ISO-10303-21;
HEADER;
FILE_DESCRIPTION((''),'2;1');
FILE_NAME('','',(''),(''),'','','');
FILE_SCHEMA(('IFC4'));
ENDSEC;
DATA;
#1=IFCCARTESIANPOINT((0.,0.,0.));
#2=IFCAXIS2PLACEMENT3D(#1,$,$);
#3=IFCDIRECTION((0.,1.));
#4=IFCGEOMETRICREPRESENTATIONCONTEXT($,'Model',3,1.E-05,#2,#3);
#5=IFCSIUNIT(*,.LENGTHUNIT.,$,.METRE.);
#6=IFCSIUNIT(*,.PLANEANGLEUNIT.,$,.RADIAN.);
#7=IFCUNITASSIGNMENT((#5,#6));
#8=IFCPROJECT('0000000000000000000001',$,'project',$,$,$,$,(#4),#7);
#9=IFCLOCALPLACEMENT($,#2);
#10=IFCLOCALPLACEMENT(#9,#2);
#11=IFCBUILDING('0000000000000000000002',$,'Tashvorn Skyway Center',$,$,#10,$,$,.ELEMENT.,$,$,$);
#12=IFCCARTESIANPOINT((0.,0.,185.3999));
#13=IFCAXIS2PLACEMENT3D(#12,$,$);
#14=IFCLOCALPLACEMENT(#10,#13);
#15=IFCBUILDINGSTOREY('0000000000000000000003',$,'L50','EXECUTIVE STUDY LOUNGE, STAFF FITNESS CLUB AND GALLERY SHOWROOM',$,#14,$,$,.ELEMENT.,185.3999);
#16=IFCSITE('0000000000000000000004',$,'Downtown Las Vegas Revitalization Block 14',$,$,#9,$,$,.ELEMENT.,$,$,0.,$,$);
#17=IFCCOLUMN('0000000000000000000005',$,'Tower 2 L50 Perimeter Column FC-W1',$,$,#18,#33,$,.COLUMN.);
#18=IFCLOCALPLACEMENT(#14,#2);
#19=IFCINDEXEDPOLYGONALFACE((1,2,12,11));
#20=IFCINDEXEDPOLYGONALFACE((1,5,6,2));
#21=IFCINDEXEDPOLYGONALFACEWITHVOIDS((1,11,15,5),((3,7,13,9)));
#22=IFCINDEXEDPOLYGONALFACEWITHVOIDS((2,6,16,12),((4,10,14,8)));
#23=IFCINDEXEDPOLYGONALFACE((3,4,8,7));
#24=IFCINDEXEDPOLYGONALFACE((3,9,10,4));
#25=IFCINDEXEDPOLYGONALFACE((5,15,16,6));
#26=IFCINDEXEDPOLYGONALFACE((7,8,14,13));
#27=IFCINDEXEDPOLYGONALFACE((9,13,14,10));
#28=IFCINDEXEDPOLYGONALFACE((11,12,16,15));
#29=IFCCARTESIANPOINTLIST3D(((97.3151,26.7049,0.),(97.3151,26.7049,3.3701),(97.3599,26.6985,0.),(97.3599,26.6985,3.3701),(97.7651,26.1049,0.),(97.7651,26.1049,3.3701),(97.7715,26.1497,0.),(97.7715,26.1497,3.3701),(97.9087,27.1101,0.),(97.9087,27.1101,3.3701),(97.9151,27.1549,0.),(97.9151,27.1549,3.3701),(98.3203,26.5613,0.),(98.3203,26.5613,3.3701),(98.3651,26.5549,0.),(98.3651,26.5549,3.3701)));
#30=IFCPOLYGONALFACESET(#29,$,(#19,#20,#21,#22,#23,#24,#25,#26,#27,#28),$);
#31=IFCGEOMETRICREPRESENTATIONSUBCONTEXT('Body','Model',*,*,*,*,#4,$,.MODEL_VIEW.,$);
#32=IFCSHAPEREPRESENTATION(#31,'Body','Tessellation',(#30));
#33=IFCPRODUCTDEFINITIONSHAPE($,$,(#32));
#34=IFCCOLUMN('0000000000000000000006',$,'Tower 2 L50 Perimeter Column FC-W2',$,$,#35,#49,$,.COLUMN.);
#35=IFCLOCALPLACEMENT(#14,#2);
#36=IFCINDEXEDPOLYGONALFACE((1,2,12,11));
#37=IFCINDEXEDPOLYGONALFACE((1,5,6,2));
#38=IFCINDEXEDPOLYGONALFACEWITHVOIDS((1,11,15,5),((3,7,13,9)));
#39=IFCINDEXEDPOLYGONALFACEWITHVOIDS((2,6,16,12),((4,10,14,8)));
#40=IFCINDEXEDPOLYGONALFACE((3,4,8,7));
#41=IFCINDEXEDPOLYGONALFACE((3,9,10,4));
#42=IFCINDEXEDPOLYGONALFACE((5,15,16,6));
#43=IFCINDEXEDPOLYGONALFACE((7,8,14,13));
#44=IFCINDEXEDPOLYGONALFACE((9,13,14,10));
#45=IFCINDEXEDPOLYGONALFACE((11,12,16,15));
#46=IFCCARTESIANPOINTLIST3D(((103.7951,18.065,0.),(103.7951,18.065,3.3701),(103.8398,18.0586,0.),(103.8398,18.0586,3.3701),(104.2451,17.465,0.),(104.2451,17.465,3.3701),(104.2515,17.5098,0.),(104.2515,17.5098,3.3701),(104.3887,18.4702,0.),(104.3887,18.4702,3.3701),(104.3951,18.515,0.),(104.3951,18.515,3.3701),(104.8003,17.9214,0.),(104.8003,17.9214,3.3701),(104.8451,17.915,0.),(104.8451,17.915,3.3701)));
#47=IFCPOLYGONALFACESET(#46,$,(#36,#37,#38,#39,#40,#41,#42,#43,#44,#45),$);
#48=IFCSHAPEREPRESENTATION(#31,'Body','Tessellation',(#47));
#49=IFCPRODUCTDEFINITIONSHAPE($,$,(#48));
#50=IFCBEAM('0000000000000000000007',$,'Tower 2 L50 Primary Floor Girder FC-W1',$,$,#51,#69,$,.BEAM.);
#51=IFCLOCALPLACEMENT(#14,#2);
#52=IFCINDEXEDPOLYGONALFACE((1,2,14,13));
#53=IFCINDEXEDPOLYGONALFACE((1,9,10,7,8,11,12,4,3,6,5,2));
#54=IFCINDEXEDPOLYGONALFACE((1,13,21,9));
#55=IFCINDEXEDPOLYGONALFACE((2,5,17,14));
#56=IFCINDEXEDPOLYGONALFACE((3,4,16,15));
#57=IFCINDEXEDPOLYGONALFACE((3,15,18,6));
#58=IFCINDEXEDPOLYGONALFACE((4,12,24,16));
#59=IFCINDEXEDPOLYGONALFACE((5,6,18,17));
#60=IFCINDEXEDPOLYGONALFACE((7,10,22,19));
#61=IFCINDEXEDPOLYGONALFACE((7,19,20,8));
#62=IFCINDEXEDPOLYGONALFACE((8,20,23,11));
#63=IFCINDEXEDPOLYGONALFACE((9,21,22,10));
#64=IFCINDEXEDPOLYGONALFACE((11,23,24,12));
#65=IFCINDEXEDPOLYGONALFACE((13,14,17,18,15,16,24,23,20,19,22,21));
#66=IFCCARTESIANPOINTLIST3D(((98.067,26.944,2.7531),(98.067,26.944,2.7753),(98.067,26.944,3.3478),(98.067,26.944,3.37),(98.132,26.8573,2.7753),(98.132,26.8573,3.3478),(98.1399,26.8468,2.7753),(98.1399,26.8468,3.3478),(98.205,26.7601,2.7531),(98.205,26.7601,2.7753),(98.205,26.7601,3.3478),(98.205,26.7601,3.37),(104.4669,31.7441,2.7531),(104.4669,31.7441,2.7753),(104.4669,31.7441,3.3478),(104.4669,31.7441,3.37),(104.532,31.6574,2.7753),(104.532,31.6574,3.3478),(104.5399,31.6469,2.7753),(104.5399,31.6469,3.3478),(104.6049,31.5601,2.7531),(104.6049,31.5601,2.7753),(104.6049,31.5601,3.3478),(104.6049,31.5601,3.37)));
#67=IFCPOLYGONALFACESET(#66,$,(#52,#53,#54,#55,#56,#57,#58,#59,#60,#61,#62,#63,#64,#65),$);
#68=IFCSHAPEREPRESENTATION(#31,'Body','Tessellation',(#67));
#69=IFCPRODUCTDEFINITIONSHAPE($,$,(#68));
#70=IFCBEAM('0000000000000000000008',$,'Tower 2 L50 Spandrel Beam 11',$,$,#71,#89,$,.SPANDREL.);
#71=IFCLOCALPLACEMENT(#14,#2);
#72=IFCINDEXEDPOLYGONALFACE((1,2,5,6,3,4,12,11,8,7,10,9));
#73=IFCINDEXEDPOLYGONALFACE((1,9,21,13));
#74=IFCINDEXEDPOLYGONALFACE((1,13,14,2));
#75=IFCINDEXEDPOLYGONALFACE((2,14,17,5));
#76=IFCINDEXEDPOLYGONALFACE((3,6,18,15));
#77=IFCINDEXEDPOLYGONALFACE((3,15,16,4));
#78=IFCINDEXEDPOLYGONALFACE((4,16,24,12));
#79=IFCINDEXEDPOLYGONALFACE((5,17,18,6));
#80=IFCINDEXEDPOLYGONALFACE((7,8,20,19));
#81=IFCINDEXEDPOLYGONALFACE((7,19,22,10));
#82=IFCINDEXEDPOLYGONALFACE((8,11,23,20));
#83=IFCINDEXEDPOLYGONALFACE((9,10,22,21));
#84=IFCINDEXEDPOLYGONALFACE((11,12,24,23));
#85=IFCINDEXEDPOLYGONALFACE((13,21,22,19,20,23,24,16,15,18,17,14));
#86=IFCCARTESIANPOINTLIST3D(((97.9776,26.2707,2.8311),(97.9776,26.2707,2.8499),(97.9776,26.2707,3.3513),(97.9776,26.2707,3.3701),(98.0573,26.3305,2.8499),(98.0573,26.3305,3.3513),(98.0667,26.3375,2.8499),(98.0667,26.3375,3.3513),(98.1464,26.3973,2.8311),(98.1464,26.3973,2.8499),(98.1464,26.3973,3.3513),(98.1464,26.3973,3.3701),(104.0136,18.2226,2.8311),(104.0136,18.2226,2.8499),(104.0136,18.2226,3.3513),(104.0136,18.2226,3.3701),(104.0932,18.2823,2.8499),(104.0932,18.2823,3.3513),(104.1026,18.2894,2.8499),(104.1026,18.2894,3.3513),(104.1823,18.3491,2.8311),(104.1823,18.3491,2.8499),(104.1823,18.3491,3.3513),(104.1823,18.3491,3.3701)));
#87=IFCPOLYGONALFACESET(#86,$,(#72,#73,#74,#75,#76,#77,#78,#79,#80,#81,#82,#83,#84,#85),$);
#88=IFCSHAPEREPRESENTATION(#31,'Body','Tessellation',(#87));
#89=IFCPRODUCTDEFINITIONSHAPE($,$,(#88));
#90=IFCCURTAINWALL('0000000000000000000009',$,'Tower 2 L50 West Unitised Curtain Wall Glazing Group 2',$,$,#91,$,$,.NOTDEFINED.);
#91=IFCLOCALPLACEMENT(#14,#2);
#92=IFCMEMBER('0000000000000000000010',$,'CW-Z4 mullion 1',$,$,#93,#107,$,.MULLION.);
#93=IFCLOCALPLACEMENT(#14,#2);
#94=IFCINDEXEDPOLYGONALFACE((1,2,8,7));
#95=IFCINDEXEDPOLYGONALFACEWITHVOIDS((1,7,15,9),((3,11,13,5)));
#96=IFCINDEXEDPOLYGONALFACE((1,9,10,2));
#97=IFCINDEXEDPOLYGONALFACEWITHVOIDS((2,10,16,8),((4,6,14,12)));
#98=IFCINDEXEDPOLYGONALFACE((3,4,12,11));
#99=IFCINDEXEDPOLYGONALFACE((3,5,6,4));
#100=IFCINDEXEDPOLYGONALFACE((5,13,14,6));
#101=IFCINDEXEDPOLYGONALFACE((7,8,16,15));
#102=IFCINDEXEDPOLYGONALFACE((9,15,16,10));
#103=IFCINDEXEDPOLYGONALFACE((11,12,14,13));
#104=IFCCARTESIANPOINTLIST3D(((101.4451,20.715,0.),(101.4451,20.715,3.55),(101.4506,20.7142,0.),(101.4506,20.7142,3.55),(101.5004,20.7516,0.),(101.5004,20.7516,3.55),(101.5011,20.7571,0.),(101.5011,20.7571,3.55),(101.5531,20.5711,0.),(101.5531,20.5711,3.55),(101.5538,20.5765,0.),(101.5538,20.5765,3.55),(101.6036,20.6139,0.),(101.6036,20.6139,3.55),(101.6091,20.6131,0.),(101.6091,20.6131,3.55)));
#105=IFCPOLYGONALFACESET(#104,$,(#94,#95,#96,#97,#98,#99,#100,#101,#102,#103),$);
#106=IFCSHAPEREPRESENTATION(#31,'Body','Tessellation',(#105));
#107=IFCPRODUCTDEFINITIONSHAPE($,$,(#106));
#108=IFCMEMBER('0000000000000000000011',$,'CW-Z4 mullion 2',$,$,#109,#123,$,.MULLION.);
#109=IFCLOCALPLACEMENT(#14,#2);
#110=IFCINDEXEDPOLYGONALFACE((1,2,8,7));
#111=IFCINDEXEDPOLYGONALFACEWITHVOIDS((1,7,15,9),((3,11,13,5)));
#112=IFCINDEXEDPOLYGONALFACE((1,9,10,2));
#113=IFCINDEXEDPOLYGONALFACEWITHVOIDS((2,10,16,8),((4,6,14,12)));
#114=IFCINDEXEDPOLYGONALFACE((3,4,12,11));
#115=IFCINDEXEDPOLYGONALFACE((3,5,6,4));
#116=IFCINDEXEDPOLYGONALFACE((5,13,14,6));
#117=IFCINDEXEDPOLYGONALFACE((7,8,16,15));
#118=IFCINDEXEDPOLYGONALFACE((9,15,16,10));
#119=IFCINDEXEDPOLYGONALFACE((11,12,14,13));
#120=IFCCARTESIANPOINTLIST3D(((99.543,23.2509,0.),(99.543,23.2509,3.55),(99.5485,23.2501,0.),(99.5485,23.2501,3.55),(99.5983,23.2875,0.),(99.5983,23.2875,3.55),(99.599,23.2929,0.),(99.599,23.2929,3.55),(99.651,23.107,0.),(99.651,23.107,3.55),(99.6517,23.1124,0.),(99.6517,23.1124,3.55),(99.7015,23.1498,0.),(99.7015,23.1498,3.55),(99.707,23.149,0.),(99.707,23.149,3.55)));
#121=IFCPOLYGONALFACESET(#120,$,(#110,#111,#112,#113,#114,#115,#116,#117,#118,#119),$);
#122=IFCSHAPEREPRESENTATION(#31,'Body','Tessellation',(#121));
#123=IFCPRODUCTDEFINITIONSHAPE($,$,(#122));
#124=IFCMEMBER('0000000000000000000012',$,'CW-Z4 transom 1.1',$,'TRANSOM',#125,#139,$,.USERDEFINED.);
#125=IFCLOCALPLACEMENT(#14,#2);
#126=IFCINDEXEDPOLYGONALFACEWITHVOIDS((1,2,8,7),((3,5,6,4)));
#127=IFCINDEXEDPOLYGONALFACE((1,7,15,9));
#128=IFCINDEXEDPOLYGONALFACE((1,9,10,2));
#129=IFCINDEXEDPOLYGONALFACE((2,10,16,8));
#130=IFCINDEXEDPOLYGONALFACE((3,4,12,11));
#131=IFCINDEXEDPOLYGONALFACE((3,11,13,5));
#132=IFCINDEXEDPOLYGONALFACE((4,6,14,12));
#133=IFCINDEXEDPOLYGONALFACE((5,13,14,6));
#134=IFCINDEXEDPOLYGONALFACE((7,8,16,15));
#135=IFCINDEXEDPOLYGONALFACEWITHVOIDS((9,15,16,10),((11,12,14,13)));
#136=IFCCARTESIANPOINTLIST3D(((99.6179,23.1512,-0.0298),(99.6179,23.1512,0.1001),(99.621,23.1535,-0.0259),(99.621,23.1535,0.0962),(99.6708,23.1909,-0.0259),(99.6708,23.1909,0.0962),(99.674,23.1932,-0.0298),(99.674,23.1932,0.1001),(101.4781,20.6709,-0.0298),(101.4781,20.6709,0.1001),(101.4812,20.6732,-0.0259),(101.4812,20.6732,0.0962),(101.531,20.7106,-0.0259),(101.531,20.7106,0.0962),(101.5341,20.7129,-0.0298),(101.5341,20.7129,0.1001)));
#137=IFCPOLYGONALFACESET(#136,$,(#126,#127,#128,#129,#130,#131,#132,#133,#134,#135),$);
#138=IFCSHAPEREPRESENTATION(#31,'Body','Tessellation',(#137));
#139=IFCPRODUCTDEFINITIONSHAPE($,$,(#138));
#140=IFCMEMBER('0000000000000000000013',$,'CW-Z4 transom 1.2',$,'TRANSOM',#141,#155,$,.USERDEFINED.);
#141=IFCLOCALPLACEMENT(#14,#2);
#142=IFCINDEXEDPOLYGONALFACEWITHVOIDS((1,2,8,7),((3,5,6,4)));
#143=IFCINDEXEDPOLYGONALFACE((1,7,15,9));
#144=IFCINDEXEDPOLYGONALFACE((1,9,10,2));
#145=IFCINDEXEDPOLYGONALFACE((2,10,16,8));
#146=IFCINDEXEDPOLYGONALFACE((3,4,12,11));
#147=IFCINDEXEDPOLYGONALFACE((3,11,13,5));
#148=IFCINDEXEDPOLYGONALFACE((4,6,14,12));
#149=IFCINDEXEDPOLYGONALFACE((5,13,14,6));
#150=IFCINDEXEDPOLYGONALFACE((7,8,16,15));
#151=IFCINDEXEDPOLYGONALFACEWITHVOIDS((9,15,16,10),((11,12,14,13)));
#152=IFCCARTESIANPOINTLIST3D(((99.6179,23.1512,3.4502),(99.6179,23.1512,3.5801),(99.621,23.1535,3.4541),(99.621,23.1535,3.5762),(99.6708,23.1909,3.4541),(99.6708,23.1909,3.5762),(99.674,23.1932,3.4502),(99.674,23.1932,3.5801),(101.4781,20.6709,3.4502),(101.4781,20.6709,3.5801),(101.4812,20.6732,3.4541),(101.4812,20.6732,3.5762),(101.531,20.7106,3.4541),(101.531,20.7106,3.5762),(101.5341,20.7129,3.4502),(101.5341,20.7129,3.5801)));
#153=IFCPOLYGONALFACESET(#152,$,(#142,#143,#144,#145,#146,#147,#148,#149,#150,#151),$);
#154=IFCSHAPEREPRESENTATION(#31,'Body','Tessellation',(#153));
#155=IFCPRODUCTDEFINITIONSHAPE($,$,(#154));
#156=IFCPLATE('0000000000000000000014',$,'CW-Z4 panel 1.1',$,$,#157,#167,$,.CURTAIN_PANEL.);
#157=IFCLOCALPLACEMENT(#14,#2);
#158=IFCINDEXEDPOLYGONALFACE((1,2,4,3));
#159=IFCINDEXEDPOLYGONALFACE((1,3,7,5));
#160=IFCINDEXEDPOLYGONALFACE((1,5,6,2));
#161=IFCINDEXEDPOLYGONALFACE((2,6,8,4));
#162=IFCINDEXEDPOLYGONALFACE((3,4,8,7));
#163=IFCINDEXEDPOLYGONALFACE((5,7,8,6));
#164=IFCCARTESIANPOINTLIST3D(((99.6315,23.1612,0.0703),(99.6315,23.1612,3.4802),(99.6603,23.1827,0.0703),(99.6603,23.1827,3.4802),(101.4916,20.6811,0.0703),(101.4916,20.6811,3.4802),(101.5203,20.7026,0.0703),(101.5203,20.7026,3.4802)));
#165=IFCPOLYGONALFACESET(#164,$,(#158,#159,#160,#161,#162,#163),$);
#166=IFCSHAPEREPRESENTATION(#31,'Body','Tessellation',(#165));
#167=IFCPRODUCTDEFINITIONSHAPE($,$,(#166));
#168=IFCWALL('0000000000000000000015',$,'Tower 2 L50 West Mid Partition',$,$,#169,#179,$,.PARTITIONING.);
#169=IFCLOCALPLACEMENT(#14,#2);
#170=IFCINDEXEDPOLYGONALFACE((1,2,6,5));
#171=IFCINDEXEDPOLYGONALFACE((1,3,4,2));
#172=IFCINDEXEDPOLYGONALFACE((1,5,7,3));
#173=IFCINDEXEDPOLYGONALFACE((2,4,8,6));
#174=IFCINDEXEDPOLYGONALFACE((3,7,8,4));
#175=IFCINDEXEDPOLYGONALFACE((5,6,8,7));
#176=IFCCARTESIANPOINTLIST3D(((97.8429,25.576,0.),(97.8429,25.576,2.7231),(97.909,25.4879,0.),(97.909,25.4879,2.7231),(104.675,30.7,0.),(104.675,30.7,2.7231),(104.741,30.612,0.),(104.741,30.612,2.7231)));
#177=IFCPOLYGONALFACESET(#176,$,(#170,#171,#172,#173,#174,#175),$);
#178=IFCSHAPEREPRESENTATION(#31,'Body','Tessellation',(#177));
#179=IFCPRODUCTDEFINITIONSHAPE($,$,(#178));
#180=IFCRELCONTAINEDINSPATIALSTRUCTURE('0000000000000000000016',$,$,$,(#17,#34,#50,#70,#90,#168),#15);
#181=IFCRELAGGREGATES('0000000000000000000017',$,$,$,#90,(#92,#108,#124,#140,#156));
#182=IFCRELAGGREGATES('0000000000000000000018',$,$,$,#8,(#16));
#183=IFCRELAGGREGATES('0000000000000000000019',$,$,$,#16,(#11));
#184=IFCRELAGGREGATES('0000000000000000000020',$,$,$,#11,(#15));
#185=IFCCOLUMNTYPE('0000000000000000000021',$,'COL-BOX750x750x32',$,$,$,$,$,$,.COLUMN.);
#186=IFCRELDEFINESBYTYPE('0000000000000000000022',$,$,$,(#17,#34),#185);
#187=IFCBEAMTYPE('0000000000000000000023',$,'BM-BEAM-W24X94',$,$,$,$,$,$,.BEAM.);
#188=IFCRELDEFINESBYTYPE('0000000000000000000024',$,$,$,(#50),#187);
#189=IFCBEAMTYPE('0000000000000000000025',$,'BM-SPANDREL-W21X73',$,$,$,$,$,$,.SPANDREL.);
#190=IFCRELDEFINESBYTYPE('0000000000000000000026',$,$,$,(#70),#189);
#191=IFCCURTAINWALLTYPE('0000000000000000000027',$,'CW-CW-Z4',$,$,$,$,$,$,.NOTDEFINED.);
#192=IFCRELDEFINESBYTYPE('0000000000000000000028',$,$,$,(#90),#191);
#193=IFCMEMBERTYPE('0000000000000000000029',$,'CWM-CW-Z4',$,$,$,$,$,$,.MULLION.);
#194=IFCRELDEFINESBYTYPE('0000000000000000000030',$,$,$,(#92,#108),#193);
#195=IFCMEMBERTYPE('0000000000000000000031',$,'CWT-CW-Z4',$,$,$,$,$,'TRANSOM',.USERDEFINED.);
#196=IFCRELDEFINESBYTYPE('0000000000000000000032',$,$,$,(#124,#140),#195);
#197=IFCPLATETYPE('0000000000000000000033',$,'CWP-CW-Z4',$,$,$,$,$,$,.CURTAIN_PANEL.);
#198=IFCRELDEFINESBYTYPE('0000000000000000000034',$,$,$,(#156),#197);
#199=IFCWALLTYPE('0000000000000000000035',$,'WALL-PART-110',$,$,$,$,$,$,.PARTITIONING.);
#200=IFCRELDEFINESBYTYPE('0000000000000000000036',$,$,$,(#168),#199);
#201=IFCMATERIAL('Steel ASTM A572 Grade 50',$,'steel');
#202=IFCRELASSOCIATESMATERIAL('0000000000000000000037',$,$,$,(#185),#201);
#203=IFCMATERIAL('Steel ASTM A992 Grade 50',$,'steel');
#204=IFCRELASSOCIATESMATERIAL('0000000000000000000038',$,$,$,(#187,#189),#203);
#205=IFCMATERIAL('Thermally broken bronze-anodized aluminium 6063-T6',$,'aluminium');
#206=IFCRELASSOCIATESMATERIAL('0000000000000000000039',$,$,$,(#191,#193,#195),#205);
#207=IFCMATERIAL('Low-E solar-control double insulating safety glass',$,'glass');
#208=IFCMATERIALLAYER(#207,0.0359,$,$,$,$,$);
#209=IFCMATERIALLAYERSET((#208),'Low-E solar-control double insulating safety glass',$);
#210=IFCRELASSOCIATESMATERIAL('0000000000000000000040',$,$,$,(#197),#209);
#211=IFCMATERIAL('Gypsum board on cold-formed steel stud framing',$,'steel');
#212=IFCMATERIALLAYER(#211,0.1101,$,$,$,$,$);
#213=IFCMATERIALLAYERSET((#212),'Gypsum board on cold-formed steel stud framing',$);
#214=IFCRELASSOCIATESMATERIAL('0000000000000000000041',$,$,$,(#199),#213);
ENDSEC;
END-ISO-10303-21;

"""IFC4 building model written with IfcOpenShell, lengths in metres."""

from ifc_helpers import new_model, si_unit, direction, frame, frame_2d, origin, origin_2d, place, context, subcontext, project, spatial, rectangle, hollow_rectangle, i_section, extrude, material, layer, layer_set, material_profile, profile_set, type_object, element, aggregate, save


model = new_model("IFC4")

# Units and contexts
model_context = context("Model", 3, precision=1e-05, world=origin(), true_north=direction((0.0, 1.0)))
body_context = subcontext(model_context, "Body", "Model", "MODEL_VIEW")
ifc_project = project(units=[si_unit("LENGTHUNIT", "METRE"), si_unit("PLANEANGLEUNIT", "RADIAN")], contexts=[model_context])

# Site, building, storey
site_placement = place(None, origin())
site = spatial("IfcSite", under=ifc_project, at=site_placement, Name="Downtown Las Vegas Revitalization Block 14", CompositionType="ELEMENT", RefElevation=0.0)
building_placement = place(site_placement, origin())
building = spatial("IfcBuilding", under=site, at=building_placement, Name="Tashvorn Skyway Center", CompositionType="ELEMENT")
storey_placement = place(building_placement, frame((0.0, 0.0, 185.3999)))
storey = spatial("IfcBuildingStorey", under=building, at=storey_placement, Name="L50", Description="EXECUTIVE STUDY LOUNGE, STAFF FITNESS CLUB AND GALLERY SHOWROOM", CompositionType="ELEMENT", Elevation=185.3999)

# Columns
ifc_material_1 = material(Name="Steel ASTM A572 Grade 50", Category="steel")
ifc_material_profile_1 = material_profile(ifc_material_1, hollow_rectangle(XDim=0.75, YDim=0.75, WallThickness=0.032, at=origin_2d()), Name="BOX750x750x32")
ifc_profile_set_1 = profile_set([ifc_material_profile_1], Name="Steel ASTM A572 Grade 50")
column_type = type_object("IfcColumnType", Name="COL-BOX750x750x32", PredefinedType="COLUMN", material=ifc_profile_set_1)
for number, where, z_axis, x_axis, name in (
    (1, (97.8401, 26.6299, 0.0), (0.0, 0.0, 1.0), (0.8, 0.6, 0.0), "Tower 2 L50 Perimeter Column FC-W1"),
    (2, (104.3201, 17.99, 0.0), (0.0, 0.0, 1.0), (0.8, 0.6, 0.0), "Tower 2 L50 Perimeter Column FC-W2"),
):
    element("IfcColumn", number, at=place(storey_placement, frame(where, z_axis=z_axis, x_axis=x_axis)), inside=storey, type_object=column_type, Name=name, PredefinedType="COLUMN", context=body_context, shape_type="SweptSolid", body=[
        extrude(hollow_rectangle(XDim=0.75, YDim=0.75, WallThickness=0.032, at=origin_2d()), origin(), (0.0, 0.0, 1.0), 3.3701),
    ])

# Beams
ifc_material_2 = material(Name="Steel ASTM A992 Grade 50", Category="steel")
ifc_material_profile_2 = material_profile(ifc_material_2, i_section(OverallWidth=0.23, OverallDepth=0.6169, WebThickness=0.0132, FlangeThickness=0.0222, at=origin_2d()), Name="W24X94")
ifc_profile_set_2 = profile_set([ifc_material_profile_2], Name="Steel ASTM A992 Grade 50")
beam_type_1 = type_object("IfcBeamType", Name="BM-BEAM-W24X94", PredefinedType="BEAM", material=ifc_profile_set_2)
beam_1_placement = place(storey_placement, frame((98.136, 26.8521, 3.0615), z_axis=(0.799993, 0.60001, 0.0), x_axis=(-0.60001, 0.799993, 0.0)))
element("IfcBeam", 3, at=beam_1_placement, inside=storey, type_object=beam_type_1, Name="Tower 2 L50 Primary Floor Girder FC-W1", PredefinedType="BEAM", context=body_context, shape_type="SweptSolid", body=[
    extrude(i_section(OverallWidth=0.23, OverallDepth=0.6169, WebThickness=0.0132, FlangeThickness=0.0222, at=origin_2d()), origin(), (0.0, 0.0, 1.0), 8.0),
])
ifc_material_profile_3 = material_profile(ifc_material_2, i_section(OverallWidth=0.2109, OverallDepth=0.5391, WebThickness=0.0117, FlangeThickness=0.0188, at=origin_2d()), Name="W21X73")
ifc_profile_set_3 = profile_set([ifc_material_profile_3], Name="Steel ASTM A992 Grade 50")
beam_type_2 = type_object("IfcBeamType", Name="BM-SPANDREL-W21X73", PredefinedType="SPANDREL", material=ifc_profile_set_3)
beam_2_placement = place(storey_placement, frame((98.062, 26.334, 3.1006), z_axis=(0.599988, -0.800009, 0.0), x_axis=(0.800009, 0.599988, 0.0)))
element("IfcBeam", 4, at=beam_2_placement, inside=storey, type_object=beam_type_2, Name="Tower 2 L50 Spandrel Beam 11", PredefinedType="SPANDREL", context=body_context, shape_type="SweptSolid", body=[
    extrude(i_section(OverallWidth=0.2109, OverallDepth=0.5391, WebThickness=0.0117, FlangeThickness=0.0188, at=origin_2d()), origin(), (0.0, 0.0, 1.0), 10.0601),
])

# Curtain wall, members, plate
ifc_material_3 = material(Name="Thermally broken bronze-anodized aluminium 6063-T6", Category="aluminium")
curtain_wall_type = type_object("IfcCurtainWallType", Name="CW-CW-Z4", PredefinedType="NOTDEFINED", material=ifc_material_3)
curtain_wall_placement = place(storey_placement, origin())
curtain_wall = element("IfcCurtainWall", 5, at=curtain_wall_placement, inside=storey, type_object=curtain_wall_type, Name="Tower 2 L50 West Unitised Curtain Wall Glazing Group 2", PredefinedType="NOTDEFINED")
ifc_material_profile_4 = material_profile(ifc_material_3, hollow_rectangle(XDim=0.0701, YDim=0.1799, WallThickness=0.0039, at=origin_2d()), Name="ALU-MULL-70x180")
ifc_profile_set_4 = profile_set([ifc_material_profile_4], Name="Thermally broken bronze-anodized aluminium 6063-T6")
member_type_1 = type_object("IfcMemberType", Name="CWM-CW-Z4", PredefinedType="MULLION", material=ifc_profile_set_4)
member_1_placement = place(storey_placement, frame((101.5271, 20.6641, 0.0), z_axis=(0.0, 0.0, 1.0), x_axis=(-0.8, -0.6, 0.0)))
member_1 = element("IfcMember", 6, at=member_1_placement, type_object=member_type_1, Name="CW-Z4 mullion 1", PredefinedType="MULLION", context=body_context, shape_type="SweptSolid", body=[
    extrude(hollow_rectangle(XDim=0.0701, YDim=0.1799, WallThickness=0.0039, at=origin_2d()), origin(), (0.0, 0.0, 1.0), 3.55),
])
member_2_placement = place(storey_placement, frame((99.625, 23.2, 0.0), z_axis=(0.0, 0.0, 1.0), x_axis=(-0.8, -0.6, 0.0)))
member_2 = element("IfcMember", 7, at=member_2_placement, type_object=member_type_1, Name="CW-Z4 mullion 2", PredefinedType="MULLION", context=body_context, shape_type="SweptSolid", body=[
    extrude(hollow_rectangle(XDim=0.0701, YDim=0.1799, WallThickness=0.0039, at=origin_2d()), origin(), (0.0, 0.0, 1.0), 3.55),
])
ifc_material_profile_5 = material_profile(ifc_material_3, hollow_rectangle(XDim=0.0701, YDim=0.1299, WallThickness=0.0039, at=origin_2d()), Name="ALU-TRAN-70x130")
ifc_profile_set_5 = profile_set([ifc_material_profile_5], Name="Thermally broken bronze-anodized aluminium 6063-T6")
member_type_2 = type_object("IfcMemberType", Name="CWT-CW-Z4", ElementType="TRANSOM", PredefinedType="USERDEFINED", material=ifc_profile_set_5)
member_3_placement = place(storey_placement, frame((101.5061, 20.6919, 0.0352), z_axis=(-0.599987, 0.800009, 0.0), x_axis=(-0.800009, -0.599987, 0.0)))
member_3 = element("IfcMember", 8, at=member_3_placement, type_object=member_type_2, Name="CW-Z4 transom 1.1", ObjectType="TRANSOM", PredefinedType="USERDEFINED", context=body_context, shape_type="SweptSolid", body=[
    extrude(hollow_rectangle(XDim=0.0701, YDim=0.1299, WallThickness=0.0039, at=origin_2d()), origin(), (0.0, 0.0, 1.0), 3.1003),
])
member_4_placement = place(storey_placement, frame((101.5061, 20.6919, 3.5151), z_axis=(-0.599987, 0.800009, 0.0), x_axis=(-0.800009, -0.599987, 0.0)))
member_4 = element("IfcMember", 9, at=member_4_placement, type_object=member_type_2, Name="CW-Z4 transom 1.2", ObjectType="TRANSOM", PredefinedType="USERDEFINED", context=body_context, shape_type="SweptSolid", body=[
    extrude(hollow_rectangle(XDim=0.0701, YDim=0.1299, WallThickness=0.0039, at=origin_2d()), origin(), (0.0, 0.0, 1.0), 3.1003),
])
ifc_material_4 = material(Name="Low-E solar-control double insulating safety glass", Category="glass")
ifc_layer_1 = layer(ifc_material_4, 0.0359)
ifc_layer_set_1 = layer_set([ifc_layer_1], Name="Low-E solar-control double insulating safety glass")
plate_type = type_object("IfcPlateType", Name="CWP-CW-Z4", PredefinedType="CURTAIN_PANEL", material=ifc_layer_set_1)
plate_placement = place(storey_placement, frame((100.5759, 21.9319, 0.0703), z_axis=(0.0, 0.0, 1.0), x_axis=(-0.6, 0.8, 0.0)))
plate = element("IfcPlate", 10, at=plate_placement, type_object=plate_type, Name="CW-Z4 panel 1.1", PredefinedType="CURTAIN_PANEL", context=body_context, shape_type="SweptSolid", body=[
    extrude(rectangle(XDim=3.1001, YDim=0.0359, at=origin_2d()), origin(), (0.0, 0.0, 1.0), 3.4099),
])
aggregate(curtain_wall, [member_1, member_2, member_3, member_4, plate])

# Wall
ifc_material_5 = material(Name="Gypsum board on cold-formed steel stud framing", Category="steel")
ifc_layer_2 = layer(ifc_material_5, 0.1101)
ifc_layer_set_2 = layer_set([ifc_layer_2], Name="Gypsum board on cold-formed steel stud framing")
wall_type_1 = type_object("IfcWallType", Name="WALL-PART-110", PredefinedType="PARTITIONING", material=ifc_layer_set_2)
wall_1_placement = place(storey_placement, frame((97.876, 25.532, 0.0), z_axis=(0.0, 0.0, 1.0), x_axis=(0.8, 0.6, 0.0)))
element("IfcWall", 11, at=wall_1_placement, inside=storey, type_object=wall_type_1, Name="Tower 2 L50 West Mid Partition", PredefinedType="PARTITIONING", context=body_context, shape_type="SweptSolid", body=[
    extrude(rectangle(XDim=8.54, YDim=0.1101, at=frame_2d((4.27, 0.0))), origin(), (0.0, 0.0, 1.0), 2.7231),
])

save(model, "model.ifc")
